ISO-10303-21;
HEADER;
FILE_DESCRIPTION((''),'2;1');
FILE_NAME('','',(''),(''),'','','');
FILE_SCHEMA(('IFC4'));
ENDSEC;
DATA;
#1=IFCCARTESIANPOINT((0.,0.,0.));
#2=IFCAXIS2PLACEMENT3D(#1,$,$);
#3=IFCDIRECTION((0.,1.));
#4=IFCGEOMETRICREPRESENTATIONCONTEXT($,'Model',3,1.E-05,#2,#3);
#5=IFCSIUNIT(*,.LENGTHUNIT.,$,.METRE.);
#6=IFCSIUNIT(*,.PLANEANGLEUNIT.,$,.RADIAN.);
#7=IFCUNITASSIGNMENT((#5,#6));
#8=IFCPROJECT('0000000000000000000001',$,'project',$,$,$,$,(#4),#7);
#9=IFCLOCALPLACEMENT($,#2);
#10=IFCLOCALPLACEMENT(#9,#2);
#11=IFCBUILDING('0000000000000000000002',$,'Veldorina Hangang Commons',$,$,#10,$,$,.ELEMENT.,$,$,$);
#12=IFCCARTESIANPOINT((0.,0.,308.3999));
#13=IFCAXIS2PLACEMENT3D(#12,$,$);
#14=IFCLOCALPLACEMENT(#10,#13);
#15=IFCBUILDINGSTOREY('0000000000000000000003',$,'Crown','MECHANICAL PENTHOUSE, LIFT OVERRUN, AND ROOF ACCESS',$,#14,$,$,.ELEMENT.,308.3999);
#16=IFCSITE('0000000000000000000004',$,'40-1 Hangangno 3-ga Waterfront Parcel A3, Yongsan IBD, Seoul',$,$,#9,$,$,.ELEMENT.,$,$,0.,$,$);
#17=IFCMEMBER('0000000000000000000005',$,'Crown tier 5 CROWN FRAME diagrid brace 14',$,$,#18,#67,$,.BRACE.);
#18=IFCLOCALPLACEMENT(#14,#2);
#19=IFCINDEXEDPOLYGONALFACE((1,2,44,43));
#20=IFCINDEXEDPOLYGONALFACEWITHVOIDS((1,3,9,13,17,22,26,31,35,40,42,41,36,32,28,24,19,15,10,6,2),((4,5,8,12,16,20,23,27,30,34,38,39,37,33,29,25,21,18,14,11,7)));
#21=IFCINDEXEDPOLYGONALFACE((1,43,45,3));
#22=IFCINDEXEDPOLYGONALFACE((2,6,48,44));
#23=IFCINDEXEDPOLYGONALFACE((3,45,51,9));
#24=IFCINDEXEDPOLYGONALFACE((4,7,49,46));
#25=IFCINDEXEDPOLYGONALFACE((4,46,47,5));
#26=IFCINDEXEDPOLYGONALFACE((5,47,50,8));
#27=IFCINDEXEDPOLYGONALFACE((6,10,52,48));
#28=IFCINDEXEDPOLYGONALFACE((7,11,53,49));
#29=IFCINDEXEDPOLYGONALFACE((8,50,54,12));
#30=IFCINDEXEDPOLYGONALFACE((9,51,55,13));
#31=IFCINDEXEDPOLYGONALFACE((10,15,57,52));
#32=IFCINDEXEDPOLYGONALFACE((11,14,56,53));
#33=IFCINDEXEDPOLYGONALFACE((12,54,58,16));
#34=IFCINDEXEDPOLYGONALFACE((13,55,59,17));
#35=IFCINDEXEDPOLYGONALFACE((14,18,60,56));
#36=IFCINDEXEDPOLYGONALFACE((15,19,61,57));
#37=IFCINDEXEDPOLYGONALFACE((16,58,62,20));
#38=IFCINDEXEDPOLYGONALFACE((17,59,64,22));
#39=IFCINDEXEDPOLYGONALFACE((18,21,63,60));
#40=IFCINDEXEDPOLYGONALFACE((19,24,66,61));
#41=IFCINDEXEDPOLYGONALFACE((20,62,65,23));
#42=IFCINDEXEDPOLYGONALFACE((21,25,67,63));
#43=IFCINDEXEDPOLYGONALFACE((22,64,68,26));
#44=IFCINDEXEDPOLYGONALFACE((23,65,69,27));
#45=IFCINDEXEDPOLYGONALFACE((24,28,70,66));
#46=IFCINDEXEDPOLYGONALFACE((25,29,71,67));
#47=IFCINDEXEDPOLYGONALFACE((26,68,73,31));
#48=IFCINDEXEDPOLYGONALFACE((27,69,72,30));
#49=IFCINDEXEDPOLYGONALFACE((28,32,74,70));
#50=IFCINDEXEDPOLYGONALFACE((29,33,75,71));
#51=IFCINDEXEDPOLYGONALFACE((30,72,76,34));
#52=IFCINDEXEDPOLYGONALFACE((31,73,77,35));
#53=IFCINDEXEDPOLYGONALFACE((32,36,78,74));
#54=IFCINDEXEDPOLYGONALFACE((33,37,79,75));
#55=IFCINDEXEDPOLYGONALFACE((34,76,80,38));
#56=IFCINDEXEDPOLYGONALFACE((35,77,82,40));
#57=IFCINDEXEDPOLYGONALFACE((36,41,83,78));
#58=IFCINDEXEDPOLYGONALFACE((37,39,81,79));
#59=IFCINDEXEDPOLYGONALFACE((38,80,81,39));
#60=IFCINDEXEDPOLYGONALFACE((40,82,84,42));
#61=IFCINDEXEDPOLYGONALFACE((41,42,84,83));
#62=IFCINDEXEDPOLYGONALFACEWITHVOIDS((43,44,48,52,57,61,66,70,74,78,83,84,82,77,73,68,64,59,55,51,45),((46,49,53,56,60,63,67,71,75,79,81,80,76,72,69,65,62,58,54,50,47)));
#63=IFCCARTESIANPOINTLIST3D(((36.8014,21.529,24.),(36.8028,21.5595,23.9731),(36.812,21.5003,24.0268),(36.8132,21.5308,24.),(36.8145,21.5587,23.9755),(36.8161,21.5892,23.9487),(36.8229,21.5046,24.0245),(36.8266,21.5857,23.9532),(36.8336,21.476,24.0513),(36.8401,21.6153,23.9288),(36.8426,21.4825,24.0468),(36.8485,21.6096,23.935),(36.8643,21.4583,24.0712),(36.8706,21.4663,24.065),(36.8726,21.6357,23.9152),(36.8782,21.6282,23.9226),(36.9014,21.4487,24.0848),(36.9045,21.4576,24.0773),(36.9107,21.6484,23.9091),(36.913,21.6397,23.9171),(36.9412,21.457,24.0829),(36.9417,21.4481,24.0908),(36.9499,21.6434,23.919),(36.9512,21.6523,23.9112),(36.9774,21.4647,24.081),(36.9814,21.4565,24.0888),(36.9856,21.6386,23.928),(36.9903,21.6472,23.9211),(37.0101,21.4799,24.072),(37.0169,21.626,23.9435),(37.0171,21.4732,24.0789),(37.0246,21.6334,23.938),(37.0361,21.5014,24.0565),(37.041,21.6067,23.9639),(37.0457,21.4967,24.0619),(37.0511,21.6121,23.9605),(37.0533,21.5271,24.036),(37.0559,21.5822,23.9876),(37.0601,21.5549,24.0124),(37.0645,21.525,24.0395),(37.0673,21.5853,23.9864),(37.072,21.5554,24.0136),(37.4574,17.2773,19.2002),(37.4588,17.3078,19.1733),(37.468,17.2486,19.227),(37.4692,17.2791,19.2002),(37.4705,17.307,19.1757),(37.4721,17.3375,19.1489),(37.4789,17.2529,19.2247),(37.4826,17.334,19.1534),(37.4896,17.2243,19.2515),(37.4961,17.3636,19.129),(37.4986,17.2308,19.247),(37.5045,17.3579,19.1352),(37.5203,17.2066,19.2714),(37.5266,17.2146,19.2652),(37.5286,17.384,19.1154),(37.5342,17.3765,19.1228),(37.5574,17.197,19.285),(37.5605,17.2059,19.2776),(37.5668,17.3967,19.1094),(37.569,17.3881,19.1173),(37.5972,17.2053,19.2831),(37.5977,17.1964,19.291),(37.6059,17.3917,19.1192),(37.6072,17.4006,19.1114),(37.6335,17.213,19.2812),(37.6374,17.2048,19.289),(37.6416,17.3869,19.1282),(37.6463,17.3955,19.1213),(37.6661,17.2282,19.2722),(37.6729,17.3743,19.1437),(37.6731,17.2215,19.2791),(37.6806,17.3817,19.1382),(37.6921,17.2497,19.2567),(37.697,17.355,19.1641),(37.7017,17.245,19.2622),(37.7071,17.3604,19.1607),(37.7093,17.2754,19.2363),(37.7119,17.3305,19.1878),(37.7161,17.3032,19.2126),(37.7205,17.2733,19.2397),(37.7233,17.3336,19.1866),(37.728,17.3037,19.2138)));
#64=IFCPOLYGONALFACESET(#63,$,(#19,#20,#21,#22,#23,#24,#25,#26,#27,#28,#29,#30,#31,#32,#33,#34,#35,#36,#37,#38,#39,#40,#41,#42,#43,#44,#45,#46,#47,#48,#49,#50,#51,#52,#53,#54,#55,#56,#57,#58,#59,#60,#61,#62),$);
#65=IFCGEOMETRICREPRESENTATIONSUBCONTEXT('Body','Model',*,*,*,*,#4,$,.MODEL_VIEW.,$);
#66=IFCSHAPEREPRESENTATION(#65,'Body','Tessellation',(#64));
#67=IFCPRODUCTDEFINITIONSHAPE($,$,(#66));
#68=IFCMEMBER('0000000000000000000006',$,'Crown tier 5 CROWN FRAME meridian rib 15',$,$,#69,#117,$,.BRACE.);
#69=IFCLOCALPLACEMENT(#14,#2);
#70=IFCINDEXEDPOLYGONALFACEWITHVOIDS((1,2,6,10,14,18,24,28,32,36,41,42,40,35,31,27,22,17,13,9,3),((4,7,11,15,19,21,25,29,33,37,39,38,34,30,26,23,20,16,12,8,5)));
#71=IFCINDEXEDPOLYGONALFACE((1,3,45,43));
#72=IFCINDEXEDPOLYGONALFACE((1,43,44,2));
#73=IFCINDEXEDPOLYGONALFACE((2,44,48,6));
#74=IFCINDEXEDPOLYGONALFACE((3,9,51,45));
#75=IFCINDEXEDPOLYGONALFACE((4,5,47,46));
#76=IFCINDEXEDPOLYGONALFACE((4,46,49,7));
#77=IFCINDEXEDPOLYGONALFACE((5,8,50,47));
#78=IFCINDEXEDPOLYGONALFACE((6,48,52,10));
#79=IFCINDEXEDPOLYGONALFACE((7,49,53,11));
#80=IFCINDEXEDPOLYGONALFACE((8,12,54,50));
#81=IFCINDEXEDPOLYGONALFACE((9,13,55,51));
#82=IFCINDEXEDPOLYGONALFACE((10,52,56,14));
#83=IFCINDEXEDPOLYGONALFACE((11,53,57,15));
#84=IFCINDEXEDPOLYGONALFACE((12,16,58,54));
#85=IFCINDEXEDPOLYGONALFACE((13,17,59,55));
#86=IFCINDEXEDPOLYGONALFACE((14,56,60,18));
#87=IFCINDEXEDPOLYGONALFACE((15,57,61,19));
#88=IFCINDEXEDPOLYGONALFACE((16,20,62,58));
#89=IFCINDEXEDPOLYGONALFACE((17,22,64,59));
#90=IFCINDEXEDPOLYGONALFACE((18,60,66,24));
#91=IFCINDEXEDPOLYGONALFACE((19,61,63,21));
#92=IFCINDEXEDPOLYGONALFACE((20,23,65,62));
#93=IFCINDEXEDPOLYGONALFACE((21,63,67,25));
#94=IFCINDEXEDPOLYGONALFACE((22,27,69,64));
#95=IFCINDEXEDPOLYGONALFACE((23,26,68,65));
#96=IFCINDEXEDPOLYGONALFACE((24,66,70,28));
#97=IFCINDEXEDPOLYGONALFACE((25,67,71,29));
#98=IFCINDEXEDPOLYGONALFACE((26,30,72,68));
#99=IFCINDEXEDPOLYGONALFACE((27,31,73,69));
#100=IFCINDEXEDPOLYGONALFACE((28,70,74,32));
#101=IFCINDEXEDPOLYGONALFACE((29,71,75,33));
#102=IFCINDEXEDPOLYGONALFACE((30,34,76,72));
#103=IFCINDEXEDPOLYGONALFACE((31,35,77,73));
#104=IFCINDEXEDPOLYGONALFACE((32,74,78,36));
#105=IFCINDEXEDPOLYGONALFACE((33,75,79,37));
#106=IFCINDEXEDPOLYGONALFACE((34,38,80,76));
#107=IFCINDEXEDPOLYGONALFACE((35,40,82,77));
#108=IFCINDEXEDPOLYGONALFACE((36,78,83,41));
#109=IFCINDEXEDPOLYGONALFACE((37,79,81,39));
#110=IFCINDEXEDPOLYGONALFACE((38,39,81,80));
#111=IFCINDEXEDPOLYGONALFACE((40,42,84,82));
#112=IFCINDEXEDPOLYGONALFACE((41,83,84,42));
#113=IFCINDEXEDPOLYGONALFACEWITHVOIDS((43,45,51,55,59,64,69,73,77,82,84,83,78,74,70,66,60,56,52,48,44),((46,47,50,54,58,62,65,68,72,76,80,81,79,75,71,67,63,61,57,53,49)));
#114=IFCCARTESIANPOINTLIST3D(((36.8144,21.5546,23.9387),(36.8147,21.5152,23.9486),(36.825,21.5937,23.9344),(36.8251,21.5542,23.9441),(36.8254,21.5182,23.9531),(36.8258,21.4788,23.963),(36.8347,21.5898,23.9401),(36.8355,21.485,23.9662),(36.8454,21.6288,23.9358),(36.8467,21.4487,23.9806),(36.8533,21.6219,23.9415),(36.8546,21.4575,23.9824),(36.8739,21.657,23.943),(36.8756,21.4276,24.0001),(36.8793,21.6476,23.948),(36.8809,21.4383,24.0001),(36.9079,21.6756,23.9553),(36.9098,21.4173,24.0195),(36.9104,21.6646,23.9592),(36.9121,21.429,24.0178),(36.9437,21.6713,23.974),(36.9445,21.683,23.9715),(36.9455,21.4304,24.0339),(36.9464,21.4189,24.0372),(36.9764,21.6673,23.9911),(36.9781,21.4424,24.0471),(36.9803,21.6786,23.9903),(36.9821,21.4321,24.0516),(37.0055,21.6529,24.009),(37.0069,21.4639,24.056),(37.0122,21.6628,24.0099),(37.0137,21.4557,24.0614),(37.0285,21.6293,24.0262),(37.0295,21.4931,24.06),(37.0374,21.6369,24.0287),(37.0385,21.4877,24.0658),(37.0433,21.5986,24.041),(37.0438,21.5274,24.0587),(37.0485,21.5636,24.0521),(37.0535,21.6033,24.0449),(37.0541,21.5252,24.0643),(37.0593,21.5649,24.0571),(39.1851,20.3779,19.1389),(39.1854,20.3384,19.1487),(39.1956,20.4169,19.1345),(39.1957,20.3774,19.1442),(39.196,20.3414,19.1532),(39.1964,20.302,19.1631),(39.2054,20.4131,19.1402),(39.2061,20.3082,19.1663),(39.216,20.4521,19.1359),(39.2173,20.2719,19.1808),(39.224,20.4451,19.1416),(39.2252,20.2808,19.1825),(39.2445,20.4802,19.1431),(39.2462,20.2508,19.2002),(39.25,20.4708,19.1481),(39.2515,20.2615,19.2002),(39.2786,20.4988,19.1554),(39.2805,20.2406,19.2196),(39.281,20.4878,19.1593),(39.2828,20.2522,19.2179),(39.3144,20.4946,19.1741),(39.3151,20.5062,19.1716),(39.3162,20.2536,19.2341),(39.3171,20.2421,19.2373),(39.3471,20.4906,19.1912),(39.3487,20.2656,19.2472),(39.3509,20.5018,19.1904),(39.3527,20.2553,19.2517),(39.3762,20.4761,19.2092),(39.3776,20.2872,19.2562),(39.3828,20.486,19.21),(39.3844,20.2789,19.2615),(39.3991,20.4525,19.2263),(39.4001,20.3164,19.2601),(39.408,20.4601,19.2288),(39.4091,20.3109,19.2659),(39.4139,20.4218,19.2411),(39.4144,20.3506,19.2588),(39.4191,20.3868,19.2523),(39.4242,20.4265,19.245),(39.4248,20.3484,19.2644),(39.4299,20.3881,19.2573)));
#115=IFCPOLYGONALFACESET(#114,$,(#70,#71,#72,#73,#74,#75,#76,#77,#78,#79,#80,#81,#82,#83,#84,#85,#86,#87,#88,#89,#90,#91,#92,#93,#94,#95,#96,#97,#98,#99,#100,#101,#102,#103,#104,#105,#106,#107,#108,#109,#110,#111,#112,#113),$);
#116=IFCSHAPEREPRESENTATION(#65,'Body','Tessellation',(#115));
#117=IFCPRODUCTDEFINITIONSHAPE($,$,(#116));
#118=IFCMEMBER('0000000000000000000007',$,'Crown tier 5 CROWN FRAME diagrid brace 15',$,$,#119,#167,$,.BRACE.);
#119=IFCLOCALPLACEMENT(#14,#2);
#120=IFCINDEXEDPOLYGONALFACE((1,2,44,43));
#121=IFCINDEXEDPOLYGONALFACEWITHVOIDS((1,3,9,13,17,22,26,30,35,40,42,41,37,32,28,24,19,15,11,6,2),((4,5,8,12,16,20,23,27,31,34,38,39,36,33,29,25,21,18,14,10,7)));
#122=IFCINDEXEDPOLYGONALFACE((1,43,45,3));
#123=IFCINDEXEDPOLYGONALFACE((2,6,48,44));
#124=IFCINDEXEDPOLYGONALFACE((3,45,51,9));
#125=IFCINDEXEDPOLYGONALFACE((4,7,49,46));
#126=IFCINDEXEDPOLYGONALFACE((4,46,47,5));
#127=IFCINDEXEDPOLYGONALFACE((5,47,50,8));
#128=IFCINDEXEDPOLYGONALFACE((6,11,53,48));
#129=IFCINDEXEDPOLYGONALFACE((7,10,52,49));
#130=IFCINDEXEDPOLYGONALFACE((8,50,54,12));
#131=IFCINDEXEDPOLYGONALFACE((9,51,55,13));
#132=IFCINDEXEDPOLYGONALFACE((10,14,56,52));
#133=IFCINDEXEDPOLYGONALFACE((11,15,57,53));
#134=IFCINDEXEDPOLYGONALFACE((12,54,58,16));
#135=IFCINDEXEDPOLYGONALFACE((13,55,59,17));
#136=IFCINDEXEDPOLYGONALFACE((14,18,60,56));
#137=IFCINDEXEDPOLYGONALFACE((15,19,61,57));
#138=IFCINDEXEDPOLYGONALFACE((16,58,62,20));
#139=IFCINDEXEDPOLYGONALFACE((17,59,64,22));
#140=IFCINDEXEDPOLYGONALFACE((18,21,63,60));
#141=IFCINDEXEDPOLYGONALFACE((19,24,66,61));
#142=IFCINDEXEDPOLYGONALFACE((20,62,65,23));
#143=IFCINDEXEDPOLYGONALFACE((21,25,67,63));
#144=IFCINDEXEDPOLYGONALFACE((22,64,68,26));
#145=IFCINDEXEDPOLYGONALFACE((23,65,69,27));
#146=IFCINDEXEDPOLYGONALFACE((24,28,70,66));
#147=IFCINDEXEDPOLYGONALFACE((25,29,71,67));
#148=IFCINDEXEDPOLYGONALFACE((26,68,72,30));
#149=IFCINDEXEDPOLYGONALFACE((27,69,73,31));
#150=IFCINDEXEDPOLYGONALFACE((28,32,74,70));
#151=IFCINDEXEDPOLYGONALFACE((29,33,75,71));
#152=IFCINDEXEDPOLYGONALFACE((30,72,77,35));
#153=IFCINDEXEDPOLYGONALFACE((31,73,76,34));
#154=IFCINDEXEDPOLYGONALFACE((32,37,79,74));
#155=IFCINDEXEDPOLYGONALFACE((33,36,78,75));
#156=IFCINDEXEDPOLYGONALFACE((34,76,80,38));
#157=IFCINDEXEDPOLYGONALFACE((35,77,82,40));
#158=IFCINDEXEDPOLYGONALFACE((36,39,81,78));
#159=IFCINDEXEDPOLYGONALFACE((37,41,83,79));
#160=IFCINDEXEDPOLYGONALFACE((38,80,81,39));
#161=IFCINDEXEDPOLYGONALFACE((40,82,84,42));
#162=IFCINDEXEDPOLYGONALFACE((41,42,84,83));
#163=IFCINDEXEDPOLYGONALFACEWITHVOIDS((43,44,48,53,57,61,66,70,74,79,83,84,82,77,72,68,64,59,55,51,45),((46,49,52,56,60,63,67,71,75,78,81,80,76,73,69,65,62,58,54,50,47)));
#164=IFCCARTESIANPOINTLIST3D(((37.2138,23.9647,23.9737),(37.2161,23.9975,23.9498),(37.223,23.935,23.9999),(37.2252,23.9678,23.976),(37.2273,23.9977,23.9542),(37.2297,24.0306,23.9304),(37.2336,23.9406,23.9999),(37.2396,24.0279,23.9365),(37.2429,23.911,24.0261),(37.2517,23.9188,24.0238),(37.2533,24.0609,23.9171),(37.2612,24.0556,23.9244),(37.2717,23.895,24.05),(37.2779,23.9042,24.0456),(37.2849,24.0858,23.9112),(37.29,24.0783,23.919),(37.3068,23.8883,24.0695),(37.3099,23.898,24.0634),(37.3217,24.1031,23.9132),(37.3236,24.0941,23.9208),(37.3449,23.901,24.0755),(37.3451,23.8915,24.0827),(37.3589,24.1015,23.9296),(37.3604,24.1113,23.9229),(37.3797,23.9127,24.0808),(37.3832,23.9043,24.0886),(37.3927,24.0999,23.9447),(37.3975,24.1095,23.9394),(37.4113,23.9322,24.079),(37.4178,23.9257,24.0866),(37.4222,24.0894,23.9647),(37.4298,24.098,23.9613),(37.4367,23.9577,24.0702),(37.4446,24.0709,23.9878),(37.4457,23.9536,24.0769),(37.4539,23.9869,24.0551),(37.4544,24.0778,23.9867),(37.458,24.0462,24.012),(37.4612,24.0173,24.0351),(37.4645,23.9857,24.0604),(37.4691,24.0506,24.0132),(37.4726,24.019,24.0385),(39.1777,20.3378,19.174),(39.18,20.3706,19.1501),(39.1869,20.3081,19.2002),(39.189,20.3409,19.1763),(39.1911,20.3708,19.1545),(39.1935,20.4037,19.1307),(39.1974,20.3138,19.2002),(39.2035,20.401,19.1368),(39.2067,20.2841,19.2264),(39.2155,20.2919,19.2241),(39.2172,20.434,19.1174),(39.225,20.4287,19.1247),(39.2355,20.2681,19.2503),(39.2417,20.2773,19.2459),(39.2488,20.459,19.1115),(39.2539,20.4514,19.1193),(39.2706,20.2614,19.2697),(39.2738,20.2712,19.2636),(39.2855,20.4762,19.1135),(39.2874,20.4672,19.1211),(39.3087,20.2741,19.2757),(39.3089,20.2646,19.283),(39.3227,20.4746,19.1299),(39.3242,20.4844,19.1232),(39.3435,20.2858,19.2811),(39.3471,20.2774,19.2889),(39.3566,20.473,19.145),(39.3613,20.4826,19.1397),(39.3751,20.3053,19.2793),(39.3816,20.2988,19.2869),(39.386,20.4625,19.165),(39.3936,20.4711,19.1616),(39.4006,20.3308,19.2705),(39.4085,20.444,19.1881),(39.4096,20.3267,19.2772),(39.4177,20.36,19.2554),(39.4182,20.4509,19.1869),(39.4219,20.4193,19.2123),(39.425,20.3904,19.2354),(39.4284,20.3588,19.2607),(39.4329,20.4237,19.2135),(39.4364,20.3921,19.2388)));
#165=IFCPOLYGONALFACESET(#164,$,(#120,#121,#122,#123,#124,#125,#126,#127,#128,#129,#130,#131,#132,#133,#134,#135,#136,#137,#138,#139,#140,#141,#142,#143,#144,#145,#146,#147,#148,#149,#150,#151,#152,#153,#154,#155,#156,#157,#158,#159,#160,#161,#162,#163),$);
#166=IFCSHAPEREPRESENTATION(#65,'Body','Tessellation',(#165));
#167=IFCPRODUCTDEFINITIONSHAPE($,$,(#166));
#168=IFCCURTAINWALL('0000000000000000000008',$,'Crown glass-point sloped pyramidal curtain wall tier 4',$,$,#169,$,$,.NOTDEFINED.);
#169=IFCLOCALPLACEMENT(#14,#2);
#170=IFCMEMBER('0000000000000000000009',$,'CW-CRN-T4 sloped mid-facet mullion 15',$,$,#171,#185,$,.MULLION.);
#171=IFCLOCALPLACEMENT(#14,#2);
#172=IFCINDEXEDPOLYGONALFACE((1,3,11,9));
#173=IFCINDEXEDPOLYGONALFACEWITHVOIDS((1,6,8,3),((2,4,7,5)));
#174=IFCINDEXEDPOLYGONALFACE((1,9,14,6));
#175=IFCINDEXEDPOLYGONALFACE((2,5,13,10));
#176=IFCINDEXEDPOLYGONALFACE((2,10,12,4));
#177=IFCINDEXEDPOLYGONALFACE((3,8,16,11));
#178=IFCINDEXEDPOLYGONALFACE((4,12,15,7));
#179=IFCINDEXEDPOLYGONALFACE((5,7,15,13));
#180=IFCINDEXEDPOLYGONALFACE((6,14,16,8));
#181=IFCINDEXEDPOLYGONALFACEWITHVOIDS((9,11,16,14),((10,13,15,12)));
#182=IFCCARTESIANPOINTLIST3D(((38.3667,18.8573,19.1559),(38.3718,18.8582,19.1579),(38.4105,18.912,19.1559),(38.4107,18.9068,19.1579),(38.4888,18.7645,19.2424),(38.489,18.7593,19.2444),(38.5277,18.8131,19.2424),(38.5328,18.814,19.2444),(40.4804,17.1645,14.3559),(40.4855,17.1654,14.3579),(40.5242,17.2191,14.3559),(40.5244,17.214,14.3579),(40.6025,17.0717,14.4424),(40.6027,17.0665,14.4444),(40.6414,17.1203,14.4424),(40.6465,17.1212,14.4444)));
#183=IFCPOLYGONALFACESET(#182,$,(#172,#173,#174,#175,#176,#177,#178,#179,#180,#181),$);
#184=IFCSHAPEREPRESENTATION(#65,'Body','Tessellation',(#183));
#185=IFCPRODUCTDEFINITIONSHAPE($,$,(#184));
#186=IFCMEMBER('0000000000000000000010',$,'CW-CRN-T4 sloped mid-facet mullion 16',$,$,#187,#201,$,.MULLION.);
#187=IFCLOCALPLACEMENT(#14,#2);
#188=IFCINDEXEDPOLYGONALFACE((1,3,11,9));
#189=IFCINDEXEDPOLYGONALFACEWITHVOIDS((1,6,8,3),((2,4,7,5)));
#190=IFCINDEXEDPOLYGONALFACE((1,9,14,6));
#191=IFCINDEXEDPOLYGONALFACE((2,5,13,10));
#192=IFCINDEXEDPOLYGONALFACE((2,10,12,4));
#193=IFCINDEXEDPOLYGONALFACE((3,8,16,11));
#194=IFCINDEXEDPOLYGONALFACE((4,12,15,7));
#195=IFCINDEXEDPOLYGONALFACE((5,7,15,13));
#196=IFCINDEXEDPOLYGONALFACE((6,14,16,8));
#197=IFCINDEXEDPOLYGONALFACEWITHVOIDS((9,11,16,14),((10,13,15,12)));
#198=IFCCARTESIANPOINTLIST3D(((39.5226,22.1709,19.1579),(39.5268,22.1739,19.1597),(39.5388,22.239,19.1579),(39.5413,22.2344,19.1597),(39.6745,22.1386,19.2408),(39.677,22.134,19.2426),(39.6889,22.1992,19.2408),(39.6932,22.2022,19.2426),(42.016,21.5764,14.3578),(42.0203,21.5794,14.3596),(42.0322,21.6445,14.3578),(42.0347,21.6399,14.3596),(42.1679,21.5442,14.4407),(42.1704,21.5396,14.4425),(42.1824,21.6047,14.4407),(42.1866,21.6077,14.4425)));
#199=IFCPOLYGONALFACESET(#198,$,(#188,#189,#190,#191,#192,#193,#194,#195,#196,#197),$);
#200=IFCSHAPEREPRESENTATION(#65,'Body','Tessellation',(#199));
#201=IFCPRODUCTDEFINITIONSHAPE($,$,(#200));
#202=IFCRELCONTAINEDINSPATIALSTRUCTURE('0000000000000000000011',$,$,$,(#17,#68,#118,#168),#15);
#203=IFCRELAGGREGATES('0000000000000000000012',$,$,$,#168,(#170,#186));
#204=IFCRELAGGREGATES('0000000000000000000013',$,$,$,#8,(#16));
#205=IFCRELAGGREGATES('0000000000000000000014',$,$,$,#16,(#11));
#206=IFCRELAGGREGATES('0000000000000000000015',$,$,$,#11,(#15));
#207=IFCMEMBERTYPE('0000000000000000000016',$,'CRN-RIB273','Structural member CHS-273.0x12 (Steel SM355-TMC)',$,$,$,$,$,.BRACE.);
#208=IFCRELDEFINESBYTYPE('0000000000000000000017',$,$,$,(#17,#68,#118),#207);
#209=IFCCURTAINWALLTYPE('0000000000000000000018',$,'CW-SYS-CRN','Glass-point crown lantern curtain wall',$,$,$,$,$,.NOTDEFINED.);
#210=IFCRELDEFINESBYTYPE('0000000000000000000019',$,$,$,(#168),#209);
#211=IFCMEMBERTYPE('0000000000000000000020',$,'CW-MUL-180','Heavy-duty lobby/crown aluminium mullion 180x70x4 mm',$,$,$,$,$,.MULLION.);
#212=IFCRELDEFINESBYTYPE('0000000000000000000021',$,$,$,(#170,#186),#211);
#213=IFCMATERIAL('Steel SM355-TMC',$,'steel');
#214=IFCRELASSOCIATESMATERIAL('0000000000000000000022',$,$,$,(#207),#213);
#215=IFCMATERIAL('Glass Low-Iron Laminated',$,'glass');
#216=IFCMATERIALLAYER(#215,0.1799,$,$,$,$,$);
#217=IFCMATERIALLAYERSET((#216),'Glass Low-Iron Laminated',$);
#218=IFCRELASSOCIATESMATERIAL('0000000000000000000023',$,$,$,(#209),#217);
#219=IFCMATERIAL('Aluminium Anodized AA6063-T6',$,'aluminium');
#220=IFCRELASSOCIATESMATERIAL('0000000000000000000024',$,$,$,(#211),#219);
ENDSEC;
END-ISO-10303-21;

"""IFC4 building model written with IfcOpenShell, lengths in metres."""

from ifc_helpers import new_model, si_unit, direction, frame, origin, origin_2d, place, context, subcontext, project, spatial, hollow_rectangle, hollow_circle, extrude, material, layer, layer_set, material_profile, profile_set, type_object, element, aggregate, save


model = new_model("IFC4")

# Units and contexts
model_context = context("Model", 3, precision=1e-05, world=origin(), true_north=direction((0.0, 1.0)))
body_context = subcontext(model_context, "Body", "Model", "MODEL_VIEW")
ifc_project = project(units=[si_unit("LENGTHUNIT", "METRE"), si_unit("PLANEANGLEUNIT", "RADIAN")], contexts=[model_context])

# Site, building, storey
site_placement = place(None, origin())
site = spatial("IfcSite", under=ifc_project, at=site_placement, Name="40-1 Hangangno 3-ga Waterfront Parcel A3, Yongsan IBD, Seoul", CompositionType="ELEMENT", RefElevation=0.0)
building_placement = place(site_placement, origin())
building = spatial("IfcBuilding", under=site, at=building_placement, Name="Veldorina Hangang Commons", CompositionType="ELEMENT")
storey_placement = place(building_placement, frame((0.0, 0.0, 308.3999)))
storey = spatial("IfcBuildingStorey", under=building, at=storey_placement, Name="Crown", Description="MECHANICAL PENTHOUSE, LIFT OVERRUN, AND ROOF ACCESS", CompositionType="ELEMENT", Elevation=308.3999)

# Members
ifc_material_1 = material(Name="Steel SM355-TMC", Category="steel")
ifc_material_profile_1 = material_profile(ifc_material_1, hollow_circle(Radius=0.1365, WallThickness=0.012, at=origin_2d()), Name="CHS-273.0x12")
ifc_profile_set_1 = profile_set([ifc_material_profile_1], Name="Steel SM355-TMC")
member_type_1 = type_object("IfcMemberType", Name="CRN-RIB273", Description="Structural member CHS-273.0x12 (Steel SM355-TMC)", PredefinedType="BRACE", material=ifc_profile_set_1)
member_1_placement = place(storey_placement, frame((37.5923, 17.2981, 19.2002), z_axis=(-0.101776, 0.659632, 0.744666), x_axis=(-0.988305, -0.152488, 0.0)))
element("IfcMember", 1, at=member_1_placement, inside=storey, type_object=member_type_1, Name="Crown tier 5 CROWN FRAME diagrid brace 14", PredefinedType="BRACE", context=body_context, shape_type="SweptSolid", body=[
    extrude(hollow_circle(Radius=0.1365, WallThickness=0.012, at=origin_2d()), origin(), (0.0, 0.0, 1.0), 6.4456),
])
member_2_placement = place(storey_placement, frame((39.3069, 20.373, 19.2002), z_axis=(-0.432504, 0.214693, 0.875698), x_axis=(-0.444629, -0.895715, 0.0)))
element("IfcMember", 2, at=member_2_placement, inside=storey, type_object=member_type_1, Name="Crown tier 5 CROWN FRAME meridian rib 15", PredefinedType="BRACE", context=body_context, shape_type="SweptSolid", body=[
    extrude(hollow_circle(Radius=0.1365, WallThickness=0.012, at=origin_2d()), origin(), (0.0, 0.0, 1.0), 5.4812),
])
member_3_placement = place(storey_placement, frame((39.3069, 20.373, 19.2002), z_axis=(-0.310322, 0.573116, 0.758445), x_axis=(-0.879366, -0.476146, 0.0)))
element("IfcMember", 3, at=member_3_placement, inside=storey, type_object=member_type_1, Name="Crown tier 5 CROWN FRAME diagrid brace 15", PredefinedType="BRACE", context=body_context, shape_type="SweptSolid", body=[
    extrude(hollow_circle(Radius=0.1365, WallThickness=0.012, at=origin_2d()), origin(), (0.0, 0.0, 1.0), 6.3284),
])

# Curtain wall, members
ifc_material_2 = material(Name="Glass Low-Iron Laminated", Category="glass")
ifc_layer_1 = layer(ifc_material_2, 0.1799)
ifc_layer_set_1 = layer_set([ifc_layer_1], Name="Glass Low-Iron Laminated")
curtain_wall_type = type_object("IfcCurtainWallType", Name="CW-SYS-CRN", Description="Glass-point crown lantern curtain wall", PredefinedType="NOTDEFINED", material=ifc_layer_set_1)
curtain_wall_1_placement = place(storey_placement, origin())
curtain_wall_1 = element("IfcCurtainWall", 4, at=curtain_wall_1_placement, inside=storey, type_object=curtain_wall_type, Name="Crown glass-point sloped pyramidal curtain wall tier 4", PredefinedType="NOTDEFINED")
ifc_material_3 = material(Name="Aluminium Anodized AA6063-T6", Category="aluminium")
ifc_material_profile_2 = material_profile(ifc_material_3, hollow_rectangle(XDim=0.0701, YDim=0.1799, WallThickness=0.0039, at=origin_2d()), Name="ALU-RHS-180x70x4")
ifc_profile_set_2 = profile_set([ifc_material_profile_2], Name="Aluminium Anodized AA6063-T6")
member_type_2 = type_object("IfcMemberType", Name="CW-MUL-180", Description="Heavy-duty lobby/crown aluminium mullion 180x70x4 mm", PredefinedType="MULLION", material=ifc_profile_set_2)
member_4_placement = place(storey_placement, frame((40.5635, 17.1428, 14.4001), z_axis=(-0.383535, 0.307164, 0.870949), x_axis=(-0.625113, -0.780534, 0.0)))
member_4 = element("IfcMember", 5, at=member_4_placement, type_object=member_type_2, Name="CW-CRN-T4 sloped mid-facet mullion 15", PredefinedType="MULLION", context=body_context, shape_type="SweptSolid", body=[
    extrude(hollow_rectangle(XDim=0.0701, YDim=0.1799, WallThickness=0.0039, at=origin_2d()), origin(), (0.0, 0.0, 1.0), 5.5112),
])
member_5_placement = place(storey_placement, frame((42.1013, 21.592, 14.4001), z_axis=(-0.458213, 0.109248, 0.882103), x_axis=(-0.231921, -0.972735, 0.0)))
member_5 = element("IfcMember", 6, at=member_5_placement, type_object=member_type_2, Name="CW-CRN-T4 sloped mid-facet mullion 16", PredefinedType="MULLION", context=body_context, shape_type="SweptSolid", body=[
    extrude(hollow_rectangle(XDim=0.0701, YDim=0.1799, WallThickness=0.0039, at=origin_2d()), origin(), (0.0, 0.0, 1.0), 5.4417),
])

aggregate(curtain_wall_1, [member_4, member_5])

save(model, "model.ifc")
